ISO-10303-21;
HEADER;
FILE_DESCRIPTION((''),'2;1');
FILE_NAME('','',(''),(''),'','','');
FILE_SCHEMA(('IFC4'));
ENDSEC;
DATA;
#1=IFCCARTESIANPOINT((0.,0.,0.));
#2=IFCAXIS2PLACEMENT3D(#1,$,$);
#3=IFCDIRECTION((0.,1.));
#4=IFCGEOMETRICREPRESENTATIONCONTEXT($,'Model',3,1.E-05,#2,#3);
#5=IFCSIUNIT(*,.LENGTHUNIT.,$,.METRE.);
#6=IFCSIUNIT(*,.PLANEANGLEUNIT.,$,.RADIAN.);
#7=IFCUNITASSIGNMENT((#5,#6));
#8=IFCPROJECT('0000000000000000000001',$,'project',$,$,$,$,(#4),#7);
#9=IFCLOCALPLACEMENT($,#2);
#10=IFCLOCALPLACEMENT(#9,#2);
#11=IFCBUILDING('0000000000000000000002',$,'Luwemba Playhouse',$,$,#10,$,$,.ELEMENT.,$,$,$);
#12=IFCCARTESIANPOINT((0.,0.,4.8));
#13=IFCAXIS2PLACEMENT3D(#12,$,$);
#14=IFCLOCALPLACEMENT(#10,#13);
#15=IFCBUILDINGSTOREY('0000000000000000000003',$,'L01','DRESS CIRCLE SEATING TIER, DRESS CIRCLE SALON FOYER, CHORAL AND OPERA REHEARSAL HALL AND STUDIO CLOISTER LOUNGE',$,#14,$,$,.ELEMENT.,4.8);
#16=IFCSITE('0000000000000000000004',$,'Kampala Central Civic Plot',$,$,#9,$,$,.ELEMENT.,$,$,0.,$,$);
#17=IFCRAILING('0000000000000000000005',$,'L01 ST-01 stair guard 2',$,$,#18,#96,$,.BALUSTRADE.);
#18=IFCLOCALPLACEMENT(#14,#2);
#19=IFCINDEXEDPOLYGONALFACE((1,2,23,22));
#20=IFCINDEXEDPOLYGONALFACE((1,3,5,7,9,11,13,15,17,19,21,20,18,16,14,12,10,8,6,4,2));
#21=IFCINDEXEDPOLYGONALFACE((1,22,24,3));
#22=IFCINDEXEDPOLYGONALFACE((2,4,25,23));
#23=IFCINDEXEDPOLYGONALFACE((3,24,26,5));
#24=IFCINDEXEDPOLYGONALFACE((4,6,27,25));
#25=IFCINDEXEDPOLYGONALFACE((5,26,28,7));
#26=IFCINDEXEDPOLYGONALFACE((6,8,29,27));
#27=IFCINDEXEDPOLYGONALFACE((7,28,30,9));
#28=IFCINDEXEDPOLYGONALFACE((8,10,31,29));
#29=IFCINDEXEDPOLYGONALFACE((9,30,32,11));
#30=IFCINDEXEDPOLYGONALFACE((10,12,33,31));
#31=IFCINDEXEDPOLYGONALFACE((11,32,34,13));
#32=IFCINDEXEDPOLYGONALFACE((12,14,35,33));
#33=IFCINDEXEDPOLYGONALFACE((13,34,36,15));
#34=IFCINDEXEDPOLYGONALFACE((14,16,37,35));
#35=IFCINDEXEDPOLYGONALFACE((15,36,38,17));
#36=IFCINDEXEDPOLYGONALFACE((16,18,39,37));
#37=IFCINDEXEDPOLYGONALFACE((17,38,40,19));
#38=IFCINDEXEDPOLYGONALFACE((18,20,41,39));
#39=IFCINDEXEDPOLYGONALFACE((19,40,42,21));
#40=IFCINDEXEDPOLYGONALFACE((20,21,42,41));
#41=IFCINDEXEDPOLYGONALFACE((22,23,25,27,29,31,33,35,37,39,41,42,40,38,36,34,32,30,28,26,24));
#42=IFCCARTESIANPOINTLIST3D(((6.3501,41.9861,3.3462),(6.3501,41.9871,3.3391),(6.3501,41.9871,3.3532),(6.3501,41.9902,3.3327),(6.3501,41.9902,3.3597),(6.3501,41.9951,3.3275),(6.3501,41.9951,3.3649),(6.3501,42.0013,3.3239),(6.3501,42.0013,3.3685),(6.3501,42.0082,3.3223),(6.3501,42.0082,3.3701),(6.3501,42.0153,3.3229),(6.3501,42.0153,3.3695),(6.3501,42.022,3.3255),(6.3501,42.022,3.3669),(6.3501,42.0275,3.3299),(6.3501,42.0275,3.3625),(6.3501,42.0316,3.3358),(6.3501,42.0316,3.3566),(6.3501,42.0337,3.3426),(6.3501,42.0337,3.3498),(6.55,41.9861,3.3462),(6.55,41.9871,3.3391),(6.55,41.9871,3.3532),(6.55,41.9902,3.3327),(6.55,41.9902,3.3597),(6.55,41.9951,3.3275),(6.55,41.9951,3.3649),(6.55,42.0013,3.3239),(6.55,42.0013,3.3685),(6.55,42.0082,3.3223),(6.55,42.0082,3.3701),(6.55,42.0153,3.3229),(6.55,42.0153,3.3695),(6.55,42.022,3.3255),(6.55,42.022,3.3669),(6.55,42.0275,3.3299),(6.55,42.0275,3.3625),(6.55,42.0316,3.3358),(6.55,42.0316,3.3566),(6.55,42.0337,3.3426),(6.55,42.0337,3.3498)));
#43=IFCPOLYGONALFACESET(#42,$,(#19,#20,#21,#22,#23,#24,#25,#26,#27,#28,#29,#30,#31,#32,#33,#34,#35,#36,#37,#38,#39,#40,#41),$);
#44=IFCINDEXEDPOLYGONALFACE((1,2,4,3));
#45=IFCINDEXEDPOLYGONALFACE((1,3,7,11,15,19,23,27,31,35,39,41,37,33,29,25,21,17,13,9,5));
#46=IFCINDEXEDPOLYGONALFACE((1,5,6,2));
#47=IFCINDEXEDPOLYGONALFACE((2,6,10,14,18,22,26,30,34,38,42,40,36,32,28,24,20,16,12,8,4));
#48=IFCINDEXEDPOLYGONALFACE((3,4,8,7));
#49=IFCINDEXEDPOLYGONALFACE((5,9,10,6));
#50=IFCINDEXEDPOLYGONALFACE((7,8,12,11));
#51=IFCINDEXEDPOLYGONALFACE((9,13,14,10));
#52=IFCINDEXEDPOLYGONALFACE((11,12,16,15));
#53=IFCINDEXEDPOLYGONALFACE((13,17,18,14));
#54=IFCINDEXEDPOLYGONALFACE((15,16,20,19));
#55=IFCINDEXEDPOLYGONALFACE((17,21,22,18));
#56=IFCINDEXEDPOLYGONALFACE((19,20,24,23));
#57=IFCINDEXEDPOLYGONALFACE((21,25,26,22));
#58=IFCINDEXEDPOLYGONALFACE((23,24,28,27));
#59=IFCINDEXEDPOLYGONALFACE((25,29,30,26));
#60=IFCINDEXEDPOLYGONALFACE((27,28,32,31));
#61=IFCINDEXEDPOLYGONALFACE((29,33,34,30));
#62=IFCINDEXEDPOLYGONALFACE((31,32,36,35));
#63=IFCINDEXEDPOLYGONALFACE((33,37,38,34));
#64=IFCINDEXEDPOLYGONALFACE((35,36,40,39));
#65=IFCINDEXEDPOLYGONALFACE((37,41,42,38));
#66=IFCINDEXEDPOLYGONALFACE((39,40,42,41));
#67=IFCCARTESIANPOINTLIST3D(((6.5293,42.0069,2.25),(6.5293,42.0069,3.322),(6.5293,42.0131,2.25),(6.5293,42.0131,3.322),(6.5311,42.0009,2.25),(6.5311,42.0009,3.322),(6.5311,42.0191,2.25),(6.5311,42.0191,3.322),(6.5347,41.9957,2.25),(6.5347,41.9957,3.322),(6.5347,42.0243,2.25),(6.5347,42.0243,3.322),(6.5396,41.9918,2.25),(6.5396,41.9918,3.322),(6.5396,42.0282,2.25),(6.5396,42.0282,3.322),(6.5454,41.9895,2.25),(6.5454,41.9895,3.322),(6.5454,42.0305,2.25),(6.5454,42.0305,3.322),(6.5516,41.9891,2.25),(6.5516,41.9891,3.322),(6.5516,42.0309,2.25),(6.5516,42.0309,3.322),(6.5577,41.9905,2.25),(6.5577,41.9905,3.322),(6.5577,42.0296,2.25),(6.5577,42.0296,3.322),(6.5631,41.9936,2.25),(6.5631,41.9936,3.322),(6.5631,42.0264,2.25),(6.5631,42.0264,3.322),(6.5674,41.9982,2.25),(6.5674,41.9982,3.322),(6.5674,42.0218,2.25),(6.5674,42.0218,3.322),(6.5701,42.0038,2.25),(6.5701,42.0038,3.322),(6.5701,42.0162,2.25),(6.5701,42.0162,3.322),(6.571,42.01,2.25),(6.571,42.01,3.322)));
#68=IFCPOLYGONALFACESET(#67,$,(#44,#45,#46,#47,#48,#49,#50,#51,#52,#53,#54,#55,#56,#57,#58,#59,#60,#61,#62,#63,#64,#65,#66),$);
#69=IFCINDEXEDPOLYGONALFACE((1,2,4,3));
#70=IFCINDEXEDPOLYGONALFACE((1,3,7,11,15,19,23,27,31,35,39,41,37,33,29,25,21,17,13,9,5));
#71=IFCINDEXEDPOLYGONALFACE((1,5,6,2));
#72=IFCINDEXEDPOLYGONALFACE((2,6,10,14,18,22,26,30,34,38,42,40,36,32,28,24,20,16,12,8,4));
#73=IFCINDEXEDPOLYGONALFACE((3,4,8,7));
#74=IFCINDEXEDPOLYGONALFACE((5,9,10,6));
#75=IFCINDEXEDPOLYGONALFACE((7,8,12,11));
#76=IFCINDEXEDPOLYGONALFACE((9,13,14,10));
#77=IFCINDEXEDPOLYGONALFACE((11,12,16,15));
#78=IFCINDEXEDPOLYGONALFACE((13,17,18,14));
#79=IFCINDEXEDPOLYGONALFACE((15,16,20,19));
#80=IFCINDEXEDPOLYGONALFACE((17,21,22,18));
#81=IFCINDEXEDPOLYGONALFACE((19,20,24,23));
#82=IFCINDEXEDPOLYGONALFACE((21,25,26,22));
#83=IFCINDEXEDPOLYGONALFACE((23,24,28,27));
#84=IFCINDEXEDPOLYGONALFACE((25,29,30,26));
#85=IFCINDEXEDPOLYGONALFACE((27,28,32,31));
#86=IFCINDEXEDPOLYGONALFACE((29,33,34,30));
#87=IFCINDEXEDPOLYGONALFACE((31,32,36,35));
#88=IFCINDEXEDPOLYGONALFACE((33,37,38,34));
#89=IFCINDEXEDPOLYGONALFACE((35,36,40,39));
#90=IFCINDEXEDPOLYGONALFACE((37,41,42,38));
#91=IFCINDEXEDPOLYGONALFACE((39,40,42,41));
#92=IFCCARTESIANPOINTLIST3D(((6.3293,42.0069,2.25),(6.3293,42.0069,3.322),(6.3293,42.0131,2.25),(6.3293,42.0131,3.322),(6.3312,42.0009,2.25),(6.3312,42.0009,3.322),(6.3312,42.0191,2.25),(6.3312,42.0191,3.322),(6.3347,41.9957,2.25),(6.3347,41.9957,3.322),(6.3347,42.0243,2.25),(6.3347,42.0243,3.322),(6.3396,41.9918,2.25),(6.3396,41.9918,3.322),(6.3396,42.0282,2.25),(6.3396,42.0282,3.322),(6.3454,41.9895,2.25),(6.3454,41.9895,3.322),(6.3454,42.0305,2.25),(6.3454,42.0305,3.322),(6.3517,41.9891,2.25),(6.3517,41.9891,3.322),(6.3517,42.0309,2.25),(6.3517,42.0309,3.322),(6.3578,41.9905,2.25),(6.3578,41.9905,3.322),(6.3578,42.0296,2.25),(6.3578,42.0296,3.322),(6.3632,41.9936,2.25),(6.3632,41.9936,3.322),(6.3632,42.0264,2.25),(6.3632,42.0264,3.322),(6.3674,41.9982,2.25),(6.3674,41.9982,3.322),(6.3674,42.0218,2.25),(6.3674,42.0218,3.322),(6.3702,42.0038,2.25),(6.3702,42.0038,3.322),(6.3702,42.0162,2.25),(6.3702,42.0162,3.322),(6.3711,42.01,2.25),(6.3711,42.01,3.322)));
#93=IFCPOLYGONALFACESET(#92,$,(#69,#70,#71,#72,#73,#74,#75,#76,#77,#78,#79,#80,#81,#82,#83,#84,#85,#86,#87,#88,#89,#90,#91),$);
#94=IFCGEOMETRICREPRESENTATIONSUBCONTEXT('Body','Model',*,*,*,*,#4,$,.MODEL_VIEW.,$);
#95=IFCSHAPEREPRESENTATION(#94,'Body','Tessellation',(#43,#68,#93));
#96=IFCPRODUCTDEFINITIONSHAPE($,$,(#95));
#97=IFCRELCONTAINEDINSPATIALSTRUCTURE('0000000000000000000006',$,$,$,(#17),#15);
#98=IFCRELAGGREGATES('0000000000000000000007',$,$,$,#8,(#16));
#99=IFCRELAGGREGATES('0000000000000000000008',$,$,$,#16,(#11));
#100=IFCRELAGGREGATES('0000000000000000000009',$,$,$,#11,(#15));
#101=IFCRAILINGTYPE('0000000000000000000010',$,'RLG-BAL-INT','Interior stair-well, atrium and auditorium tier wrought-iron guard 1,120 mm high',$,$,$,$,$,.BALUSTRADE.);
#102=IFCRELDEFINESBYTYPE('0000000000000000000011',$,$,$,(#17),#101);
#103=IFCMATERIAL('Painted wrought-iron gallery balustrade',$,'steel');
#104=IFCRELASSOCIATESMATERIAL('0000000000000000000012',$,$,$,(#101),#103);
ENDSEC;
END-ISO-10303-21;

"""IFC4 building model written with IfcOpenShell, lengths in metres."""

from ifc_helpers import new_model, si_unit, direction, frame, origin, origin_2d, place, context, subcontext, project, spatial, circle, extrude, material, type_object, element, save


model = new_model("IFC4")

# Units and contexts
model_context = context("Model", 3, precision=1e-05, world=origin(), true_north=direction((0.0, 1.0)))
body_context = subcontext(model_context, "Body", "Model", "MODEL_VIEW")
ifc_project = project(units=[si_unit("LENGTHUNIT", "METRE"), si_unit("PLANEANGLEUNIT", "RADIAN")], contexts=[model_context])

# Site, building, storey
site_placement = place(None, origin())
site = spatial("IfcSite", under=ifc_project, at=site_placement, Name="Kampala Central Civic Plot", CompositionType="ELEMENT", RefElevation=0.0)
building_placement = place(site_placement, origin())
building = spatial("IfcBuilding", under=site, at=building_placement, Name="Luwemba Playhouse", CompositionType="ELEMENT")
storey_placement = place(building_placement, frame((0.0, 0.0, 4.8)))
storey = spatial("IfcBuildingStorey", under=building, at=storey_placement, Name="L01", Description="DRESS CIRCLE SEATING TIER, DRESS CIRCLE SALON FOYER, CHORAL AND OPERA REHEARSAL HALL AND STUDIO CLOISTER LOUNGE", CompositionType="ELEMENT", Elevation=4.8)

# Railing
ifc_material_1 = material(Name="Painted wrought-iron gallery balustrade", Category="steel")
railing_type_1 = type_object("IfcRailingType", Name="RLG-BAL-INT", Description="Interior stair-well, atrium and auditorium tier wrought-iron guard 1,120 mm high", PredefinedType="BALUSTRADE", material=ifc_material_1)
railing_1_placement = place(storey_placement, frame((6.55, 42.01, 2.25)))
element("IfcRailing", 1, at=railing_1_placement, inside=storey, type_object=railing_type_1, Name="L01 ST-01 stair guard 2", PredefinedType="BALUSTRADE", context=body_context, shape_type="SweptSolid", body=[
    extrude(circle(Radius=0.0239, at=origin_2d()), frame((0.0, 0.0, 1.0962), z_axis=(-1.0, 0.0, 0.0), x_axis=(0.0, -1.0, 0.0)), (0.0, 0.0, 1.0), 0.2),
    extrude(circle(Radius=0.021, at=origin_2d()), origin(), (0.0, 0.0, 1.0), 1.072),
    extrude(circle(Radius=0.021, at=origin_2d()), frame((-0.2, 0.0, 0.0)), (0.0, 0.0, 1.0), 1.072),
])

save(model, "model.ifc")
